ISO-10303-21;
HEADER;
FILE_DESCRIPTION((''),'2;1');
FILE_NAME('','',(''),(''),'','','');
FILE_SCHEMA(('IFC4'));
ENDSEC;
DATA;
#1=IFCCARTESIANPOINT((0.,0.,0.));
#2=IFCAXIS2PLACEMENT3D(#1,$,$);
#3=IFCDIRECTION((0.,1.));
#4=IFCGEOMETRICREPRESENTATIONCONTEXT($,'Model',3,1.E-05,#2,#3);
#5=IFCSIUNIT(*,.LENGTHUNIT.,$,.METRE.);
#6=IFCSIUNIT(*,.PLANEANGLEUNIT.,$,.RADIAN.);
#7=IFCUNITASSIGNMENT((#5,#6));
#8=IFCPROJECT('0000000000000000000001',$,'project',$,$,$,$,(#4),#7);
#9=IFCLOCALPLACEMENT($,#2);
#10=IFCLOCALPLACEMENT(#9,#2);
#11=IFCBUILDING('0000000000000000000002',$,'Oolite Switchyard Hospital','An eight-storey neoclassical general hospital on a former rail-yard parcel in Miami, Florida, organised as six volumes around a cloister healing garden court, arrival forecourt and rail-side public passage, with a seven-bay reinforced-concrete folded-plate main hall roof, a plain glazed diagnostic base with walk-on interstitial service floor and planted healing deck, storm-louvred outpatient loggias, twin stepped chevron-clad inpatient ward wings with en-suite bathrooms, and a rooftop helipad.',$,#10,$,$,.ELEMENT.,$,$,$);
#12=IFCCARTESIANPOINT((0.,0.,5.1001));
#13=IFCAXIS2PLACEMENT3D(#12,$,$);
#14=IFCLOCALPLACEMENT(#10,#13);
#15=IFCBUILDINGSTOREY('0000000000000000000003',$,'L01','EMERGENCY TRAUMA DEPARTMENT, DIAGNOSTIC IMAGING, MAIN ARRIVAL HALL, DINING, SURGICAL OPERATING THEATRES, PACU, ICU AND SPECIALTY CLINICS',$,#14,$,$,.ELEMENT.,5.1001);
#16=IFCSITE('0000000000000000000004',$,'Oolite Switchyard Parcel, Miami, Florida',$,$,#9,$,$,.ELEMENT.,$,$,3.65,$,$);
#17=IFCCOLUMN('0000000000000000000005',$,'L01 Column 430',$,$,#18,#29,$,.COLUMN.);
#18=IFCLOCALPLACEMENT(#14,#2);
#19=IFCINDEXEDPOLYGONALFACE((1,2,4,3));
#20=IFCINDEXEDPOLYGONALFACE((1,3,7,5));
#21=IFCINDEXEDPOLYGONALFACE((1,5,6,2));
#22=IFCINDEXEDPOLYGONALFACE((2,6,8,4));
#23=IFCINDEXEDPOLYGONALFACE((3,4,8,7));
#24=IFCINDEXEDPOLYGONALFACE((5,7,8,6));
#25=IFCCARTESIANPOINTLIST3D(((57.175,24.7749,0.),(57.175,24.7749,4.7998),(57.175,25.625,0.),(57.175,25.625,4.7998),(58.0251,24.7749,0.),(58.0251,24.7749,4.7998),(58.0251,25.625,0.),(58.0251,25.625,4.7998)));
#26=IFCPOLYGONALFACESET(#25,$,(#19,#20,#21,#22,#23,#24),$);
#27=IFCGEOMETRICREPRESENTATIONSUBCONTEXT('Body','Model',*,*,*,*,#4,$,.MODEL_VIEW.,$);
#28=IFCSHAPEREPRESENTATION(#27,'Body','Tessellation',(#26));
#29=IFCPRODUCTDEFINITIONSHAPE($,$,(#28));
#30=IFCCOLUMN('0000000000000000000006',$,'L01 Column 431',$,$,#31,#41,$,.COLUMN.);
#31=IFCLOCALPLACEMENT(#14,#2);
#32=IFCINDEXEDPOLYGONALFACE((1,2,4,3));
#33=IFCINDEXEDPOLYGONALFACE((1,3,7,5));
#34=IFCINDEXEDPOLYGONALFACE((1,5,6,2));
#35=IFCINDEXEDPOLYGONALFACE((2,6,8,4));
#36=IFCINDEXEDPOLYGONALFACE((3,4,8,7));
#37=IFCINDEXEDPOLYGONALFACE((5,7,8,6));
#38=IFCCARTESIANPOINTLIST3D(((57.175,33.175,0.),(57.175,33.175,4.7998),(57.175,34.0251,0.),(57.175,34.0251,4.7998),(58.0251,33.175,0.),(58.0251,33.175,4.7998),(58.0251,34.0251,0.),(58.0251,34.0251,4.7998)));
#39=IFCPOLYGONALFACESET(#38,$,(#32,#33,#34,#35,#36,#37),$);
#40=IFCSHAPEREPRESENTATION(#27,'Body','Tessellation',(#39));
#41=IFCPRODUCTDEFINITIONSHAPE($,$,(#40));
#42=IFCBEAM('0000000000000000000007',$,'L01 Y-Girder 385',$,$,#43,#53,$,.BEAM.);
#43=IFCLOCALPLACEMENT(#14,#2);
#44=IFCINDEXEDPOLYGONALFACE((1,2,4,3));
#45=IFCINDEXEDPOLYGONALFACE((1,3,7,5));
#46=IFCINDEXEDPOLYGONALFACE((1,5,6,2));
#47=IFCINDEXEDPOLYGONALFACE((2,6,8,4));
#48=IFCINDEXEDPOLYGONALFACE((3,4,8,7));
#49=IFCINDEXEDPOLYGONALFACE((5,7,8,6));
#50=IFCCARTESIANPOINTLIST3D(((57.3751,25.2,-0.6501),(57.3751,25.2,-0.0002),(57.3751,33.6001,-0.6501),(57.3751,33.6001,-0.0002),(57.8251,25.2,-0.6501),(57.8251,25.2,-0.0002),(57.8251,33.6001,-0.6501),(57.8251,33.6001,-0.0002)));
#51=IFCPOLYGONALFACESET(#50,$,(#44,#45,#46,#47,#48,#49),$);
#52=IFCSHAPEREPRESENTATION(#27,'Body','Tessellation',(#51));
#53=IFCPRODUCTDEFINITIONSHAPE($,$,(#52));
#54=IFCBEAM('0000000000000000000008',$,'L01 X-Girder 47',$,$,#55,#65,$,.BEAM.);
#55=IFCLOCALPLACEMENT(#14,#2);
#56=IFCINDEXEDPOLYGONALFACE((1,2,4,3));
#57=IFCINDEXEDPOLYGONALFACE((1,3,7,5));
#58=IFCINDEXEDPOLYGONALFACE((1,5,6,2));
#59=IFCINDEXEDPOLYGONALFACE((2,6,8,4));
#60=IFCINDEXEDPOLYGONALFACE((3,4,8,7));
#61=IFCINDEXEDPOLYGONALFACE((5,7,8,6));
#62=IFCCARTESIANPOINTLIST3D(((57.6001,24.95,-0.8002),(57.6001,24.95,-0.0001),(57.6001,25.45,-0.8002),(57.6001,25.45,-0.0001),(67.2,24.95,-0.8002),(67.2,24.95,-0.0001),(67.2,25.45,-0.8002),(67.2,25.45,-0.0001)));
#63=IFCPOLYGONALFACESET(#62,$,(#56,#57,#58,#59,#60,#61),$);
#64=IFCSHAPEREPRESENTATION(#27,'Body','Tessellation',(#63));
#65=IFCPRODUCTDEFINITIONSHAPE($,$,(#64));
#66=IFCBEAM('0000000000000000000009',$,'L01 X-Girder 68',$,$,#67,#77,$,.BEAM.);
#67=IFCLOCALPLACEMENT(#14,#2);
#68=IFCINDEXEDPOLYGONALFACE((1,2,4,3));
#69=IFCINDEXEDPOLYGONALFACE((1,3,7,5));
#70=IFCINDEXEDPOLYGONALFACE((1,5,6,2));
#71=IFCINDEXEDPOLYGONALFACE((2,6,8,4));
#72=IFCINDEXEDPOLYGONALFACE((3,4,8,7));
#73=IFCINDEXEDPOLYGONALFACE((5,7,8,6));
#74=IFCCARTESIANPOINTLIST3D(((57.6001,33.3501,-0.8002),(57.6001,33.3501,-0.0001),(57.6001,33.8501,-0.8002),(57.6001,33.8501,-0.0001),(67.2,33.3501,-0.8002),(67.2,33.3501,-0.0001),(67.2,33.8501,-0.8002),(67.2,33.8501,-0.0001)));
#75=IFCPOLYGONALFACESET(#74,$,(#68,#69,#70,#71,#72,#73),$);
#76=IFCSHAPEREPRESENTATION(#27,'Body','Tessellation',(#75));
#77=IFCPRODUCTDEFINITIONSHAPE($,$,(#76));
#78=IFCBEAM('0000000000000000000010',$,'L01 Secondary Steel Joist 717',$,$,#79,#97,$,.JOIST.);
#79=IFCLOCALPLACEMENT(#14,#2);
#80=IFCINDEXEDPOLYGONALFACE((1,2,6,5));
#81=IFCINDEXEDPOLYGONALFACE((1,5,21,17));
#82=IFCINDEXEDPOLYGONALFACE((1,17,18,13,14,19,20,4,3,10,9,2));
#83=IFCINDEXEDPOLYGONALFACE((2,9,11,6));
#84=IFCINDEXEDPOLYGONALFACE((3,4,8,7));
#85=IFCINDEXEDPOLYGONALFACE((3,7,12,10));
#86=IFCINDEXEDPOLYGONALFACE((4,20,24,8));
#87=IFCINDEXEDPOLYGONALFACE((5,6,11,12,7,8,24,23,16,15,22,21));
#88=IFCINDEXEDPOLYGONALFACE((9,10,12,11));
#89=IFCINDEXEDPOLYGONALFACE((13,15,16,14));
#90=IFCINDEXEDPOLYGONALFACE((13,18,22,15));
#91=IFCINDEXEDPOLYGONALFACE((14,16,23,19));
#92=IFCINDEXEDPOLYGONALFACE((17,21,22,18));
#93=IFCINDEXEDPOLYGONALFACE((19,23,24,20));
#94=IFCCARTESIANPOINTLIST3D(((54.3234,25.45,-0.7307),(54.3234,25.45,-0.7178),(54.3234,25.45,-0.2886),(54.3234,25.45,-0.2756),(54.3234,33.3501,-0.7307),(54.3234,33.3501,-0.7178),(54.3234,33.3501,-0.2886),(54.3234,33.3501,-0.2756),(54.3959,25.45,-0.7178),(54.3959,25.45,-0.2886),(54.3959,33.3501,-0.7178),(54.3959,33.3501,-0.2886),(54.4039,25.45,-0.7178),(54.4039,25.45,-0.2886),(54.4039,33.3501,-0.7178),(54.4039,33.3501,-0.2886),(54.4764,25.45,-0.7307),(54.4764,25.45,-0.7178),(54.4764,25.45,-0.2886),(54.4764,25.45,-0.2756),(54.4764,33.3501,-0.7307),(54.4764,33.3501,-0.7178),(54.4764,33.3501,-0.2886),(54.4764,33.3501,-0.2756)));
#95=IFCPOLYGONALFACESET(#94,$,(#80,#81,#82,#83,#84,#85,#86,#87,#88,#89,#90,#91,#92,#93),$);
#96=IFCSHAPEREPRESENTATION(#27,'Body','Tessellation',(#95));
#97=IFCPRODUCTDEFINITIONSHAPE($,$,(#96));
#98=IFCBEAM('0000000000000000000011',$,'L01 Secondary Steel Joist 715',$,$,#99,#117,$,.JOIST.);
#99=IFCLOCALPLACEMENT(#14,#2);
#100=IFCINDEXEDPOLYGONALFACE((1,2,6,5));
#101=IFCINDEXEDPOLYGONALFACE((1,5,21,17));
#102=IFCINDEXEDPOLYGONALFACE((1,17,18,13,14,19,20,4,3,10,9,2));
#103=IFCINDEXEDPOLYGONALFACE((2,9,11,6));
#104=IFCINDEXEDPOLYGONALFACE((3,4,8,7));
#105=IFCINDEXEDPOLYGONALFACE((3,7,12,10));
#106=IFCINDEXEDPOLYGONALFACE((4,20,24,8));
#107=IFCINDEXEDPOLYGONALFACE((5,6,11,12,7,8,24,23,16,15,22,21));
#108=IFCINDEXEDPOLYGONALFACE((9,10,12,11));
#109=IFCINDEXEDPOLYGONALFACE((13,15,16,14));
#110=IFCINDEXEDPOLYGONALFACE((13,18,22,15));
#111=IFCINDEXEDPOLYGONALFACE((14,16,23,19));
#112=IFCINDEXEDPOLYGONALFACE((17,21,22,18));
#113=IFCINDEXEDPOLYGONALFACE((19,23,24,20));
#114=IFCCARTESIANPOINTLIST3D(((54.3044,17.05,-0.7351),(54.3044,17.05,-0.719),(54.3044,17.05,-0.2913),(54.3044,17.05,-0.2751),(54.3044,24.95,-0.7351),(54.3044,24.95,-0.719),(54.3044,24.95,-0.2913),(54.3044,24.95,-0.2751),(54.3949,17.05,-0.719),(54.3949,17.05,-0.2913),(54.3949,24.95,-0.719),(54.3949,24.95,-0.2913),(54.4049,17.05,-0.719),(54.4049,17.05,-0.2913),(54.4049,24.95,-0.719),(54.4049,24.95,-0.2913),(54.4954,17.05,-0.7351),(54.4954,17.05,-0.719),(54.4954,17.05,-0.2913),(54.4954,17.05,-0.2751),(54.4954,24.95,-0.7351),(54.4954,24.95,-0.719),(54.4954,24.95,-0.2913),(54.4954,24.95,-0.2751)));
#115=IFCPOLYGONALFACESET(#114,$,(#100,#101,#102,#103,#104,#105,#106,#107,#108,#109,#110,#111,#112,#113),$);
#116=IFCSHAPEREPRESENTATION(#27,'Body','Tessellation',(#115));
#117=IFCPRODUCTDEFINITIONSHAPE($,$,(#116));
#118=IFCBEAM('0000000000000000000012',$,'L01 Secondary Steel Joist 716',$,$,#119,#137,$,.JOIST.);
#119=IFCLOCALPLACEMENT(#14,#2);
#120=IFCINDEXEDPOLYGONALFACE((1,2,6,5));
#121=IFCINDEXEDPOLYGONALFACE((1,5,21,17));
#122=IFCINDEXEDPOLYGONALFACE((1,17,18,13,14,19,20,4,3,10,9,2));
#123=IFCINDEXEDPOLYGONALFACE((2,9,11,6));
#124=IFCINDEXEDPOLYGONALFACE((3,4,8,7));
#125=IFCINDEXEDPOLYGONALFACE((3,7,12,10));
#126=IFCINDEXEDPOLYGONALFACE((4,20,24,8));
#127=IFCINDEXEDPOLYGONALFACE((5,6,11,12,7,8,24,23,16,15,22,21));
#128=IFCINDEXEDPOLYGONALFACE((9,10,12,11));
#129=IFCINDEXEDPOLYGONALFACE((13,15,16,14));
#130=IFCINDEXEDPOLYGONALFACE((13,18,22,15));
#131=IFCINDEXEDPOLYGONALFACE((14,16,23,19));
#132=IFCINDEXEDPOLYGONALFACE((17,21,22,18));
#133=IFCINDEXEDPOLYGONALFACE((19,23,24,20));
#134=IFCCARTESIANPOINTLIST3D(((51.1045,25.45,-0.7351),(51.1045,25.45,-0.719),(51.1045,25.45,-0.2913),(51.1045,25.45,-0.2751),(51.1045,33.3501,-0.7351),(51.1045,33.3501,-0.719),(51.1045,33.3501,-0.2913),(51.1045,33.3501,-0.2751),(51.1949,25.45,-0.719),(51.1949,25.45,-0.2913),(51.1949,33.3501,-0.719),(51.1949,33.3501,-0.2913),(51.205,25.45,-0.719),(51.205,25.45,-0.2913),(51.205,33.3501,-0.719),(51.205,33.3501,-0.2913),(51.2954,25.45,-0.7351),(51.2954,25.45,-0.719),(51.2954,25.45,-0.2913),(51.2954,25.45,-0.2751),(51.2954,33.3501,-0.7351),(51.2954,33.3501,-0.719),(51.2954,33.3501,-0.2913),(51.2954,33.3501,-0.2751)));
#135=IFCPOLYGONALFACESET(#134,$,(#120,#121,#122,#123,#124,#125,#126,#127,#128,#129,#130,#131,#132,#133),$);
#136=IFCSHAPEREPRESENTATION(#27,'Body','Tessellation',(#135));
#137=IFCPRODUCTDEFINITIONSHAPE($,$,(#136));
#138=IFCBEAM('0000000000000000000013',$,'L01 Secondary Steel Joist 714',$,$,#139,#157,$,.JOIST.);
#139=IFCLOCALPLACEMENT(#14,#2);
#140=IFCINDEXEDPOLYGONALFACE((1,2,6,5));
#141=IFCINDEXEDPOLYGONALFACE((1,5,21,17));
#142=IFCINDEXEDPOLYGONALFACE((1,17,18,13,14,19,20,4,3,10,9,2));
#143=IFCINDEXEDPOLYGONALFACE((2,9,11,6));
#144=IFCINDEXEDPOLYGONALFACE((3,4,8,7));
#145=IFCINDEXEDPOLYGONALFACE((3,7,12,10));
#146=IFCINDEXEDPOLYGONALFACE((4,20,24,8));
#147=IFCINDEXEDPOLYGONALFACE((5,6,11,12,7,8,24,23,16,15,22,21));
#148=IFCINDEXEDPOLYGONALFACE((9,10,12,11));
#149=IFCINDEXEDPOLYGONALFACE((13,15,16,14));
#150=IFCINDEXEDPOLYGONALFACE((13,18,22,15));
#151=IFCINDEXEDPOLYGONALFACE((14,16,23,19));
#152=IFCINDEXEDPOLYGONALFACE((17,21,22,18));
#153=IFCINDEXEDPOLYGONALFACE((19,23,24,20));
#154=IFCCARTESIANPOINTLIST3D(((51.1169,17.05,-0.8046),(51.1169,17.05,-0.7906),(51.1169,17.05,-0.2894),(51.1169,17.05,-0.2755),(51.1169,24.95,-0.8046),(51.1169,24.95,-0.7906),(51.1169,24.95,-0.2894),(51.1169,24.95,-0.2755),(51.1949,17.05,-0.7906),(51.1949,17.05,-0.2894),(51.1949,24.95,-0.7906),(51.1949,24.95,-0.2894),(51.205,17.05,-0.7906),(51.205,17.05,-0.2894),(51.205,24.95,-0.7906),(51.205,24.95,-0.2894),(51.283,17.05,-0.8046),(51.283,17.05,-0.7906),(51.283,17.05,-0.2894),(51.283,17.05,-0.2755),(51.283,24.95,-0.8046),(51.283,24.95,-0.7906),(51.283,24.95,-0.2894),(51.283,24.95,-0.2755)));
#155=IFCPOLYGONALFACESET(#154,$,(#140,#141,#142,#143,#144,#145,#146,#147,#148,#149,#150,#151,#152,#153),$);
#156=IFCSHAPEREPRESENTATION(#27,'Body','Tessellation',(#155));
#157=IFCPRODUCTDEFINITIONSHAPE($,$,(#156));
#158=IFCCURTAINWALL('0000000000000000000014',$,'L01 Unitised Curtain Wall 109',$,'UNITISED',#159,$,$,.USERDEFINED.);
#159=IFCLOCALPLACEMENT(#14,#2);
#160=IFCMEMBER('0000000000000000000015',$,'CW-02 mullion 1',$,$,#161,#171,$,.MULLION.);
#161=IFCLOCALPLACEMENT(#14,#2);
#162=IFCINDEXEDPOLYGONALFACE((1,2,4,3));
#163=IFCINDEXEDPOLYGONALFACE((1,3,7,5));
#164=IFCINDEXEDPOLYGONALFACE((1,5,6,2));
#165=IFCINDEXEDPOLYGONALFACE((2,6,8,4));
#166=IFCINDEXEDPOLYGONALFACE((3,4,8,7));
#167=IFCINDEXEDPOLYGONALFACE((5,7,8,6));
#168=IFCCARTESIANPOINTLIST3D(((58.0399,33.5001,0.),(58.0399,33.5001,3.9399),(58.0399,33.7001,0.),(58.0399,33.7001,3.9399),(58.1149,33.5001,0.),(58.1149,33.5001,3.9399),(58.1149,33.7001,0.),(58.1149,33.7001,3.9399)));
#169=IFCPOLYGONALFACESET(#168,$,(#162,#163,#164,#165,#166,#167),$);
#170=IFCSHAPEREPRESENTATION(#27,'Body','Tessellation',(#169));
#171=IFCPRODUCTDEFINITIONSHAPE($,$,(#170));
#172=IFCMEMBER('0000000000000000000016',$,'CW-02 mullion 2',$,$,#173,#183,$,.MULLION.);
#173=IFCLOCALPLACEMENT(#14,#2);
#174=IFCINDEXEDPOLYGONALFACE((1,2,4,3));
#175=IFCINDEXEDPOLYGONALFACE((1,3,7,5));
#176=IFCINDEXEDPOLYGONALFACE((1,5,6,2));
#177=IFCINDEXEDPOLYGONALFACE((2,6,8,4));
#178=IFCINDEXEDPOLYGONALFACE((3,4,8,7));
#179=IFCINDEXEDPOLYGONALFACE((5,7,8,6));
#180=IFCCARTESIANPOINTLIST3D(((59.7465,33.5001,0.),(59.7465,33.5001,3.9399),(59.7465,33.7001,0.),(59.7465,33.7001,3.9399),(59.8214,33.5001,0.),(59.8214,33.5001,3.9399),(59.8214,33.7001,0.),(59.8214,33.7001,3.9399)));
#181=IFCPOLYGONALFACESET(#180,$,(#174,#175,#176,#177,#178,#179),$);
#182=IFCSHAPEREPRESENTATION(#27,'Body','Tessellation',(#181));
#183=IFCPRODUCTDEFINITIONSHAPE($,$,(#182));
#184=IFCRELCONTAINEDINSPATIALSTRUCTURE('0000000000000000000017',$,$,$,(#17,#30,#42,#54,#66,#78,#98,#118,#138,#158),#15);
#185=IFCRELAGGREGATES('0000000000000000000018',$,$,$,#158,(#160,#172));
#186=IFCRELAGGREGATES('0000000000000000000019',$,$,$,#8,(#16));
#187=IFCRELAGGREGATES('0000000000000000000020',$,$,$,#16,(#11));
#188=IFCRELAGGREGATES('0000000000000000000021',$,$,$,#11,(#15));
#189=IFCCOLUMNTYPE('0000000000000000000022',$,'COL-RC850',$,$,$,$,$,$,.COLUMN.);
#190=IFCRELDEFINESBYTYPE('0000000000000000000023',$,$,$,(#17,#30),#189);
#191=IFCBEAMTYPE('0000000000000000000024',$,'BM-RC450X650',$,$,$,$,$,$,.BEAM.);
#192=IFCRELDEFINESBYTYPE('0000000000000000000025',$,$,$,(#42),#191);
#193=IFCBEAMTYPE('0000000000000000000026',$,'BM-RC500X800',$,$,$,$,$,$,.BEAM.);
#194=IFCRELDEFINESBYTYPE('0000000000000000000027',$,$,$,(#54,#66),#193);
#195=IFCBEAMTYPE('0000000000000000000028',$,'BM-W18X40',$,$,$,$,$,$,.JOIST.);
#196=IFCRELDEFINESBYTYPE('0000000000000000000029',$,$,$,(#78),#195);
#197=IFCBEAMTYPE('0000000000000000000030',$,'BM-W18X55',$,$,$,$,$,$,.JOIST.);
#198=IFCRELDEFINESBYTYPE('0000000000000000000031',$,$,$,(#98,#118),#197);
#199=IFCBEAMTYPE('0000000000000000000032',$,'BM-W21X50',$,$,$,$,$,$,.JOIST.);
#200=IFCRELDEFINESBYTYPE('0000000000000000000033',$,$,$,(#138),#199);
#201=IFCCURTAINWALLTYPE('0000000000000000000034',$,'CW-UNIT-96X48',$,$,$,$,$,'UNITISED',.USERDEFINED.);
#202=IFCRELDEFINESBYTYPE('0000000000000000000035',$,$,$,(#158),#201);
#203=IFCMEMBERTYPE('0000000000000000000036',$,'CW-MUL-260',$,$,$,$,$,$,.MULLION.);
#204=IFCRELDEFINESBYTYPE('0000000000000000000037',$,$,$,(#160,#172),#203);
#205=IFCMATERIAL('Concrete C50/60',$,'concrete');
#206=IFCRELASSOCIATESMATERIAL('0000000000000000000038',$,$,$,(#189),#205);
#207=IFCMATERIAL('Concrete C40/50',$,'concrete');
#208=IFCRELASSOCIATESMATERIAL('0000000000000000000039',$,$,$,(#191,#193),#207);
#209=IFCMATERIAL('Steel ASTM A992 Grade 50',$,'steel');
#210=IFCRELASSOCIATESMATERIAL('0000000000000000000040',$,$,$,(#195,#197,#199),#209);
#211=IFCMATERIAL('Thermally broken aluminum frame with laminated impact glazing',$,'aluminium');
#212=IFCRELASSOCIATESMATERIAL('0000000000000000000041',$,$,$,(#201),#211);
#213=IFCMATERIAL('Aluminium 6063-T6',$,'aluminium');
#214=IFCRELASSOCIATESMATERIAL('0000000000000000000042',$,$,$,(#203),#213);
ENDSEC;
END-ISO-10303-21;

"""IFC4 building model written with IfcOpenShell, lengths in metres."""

from ifc_helpers import new_model, si_unit, direction, frame, origin, origin_2d, place, context, subcontext, project, spatial, rectangle, i_section, extrude, material, material_profile, profile_set, type_object, element, aggregate, save


model = new_model("IFC4")

# Units and contexts
model_context = context("Model", 3, precision=1e-05, world=origin(), true_north=direction((0.0, 1.0)))
body_context = subcontext(model_context, "Body", "Model", "MODEL_VIEW")
ifc_project = project(units=[si_unit("LENGTHUNIT", "METRE"), si_unit("PLANEANGLEUNIT", "RADIAN")], contexts=[model_context])

# Site, building, storey
site_placement = place(None, origin())
site = spatial("IfcSite", under=ifc_project, at=site_placement, Name="Oolite Switchyard Parcel, Miami, Florida", CompositionType="ELEMENT", RefElevation=3.65)
building_placement = place(site_placement, origin())
building = spatial("IfcBuilding", under=site, at=building_placement, Name="Oolite Switchyard Hospital", Description="An eight-storey neoclassical general hospital on a former rail-yard parcel in Miami, Florida, organised as six volumes around a cloister healing garden court, arrival forecourt and rail-side public passage, with a seven-bay reinforced-concrete folded-plate main hall roof, a plain glazed diagnostic base with walk-on interstitial service floor and planted healing deck, storm-louvred outpatient loggias, twin stepped chevron-clad inpatient ward wings with en-suite bathrooms, and a rooftop helipad.", CompositionType="ELEMENT")
storey_placement = place(building_placement, frame((0.0, 0.0, 5.1001)))
storey = spatial("IfcBuildingStorey", under=building, at=storey_placement, Name="L01", Description="EMERGENCY TRAUMA DEPARTMENT, DIAGNOSTIC IMAGING, MAIN ARRIVAL HALL, DINING, SURGICAL OPERATING THEATRES, PACU, ICU AND SPECIALTY CLINICS", CompositionType="ELEMENT", Elevation=5.1001)

# Columns
ifc_material_1 = material(Name="Concrete C50/60", Category="concrete")
ifc_material_profile_1 = material_profile(ifc_material_1, rectangle(XDim=0.8501, YDim=0.8501, at=origin_2d()), Name="RC850X850")
ifc_profile_set_1 = profile_set([ifc_material_profile_1], Name="Concrete C50/60")
column_type = type_object("IfcColumnType", Name="COL-RC850", PredefinedType="COLUMN", material=ifc_profile_set_1)
for number, where, z_axis, x_axis, name in (
    (1, (57.6001, 25.2, 0.0), (0.0, 0.0, 1.0), (1.0, 0.0, 0.0), "L01 Column 430"),
    (2, (57.6001, 33.6001, 0.0), (0.0, 0.0, 1.0), (1.0, 0.0, 0.0), "L01 Column 431"),
):
    element("IfcColumn", number, at=place(storey_placement, frame(where, z_axis=z_axis, x_axis=x_axis)), inside=storey, type_object=column_type, Name=name, PredefinedType="COLUMN", context=body_context, shape_type="SweptSolid", body=[
        extrude(rectangle(XDim=0.8501, YDim=0.8501, at=origin_2d()), origin(), (0.0, 0.0, 1.0), 4.7998),
    ])

# Beams
ifc_material_2 = material(Name="Concrete C40/50", Category="concrete")
ifc_material_profile_2 = material_profile(ifc_material_2, rectangle(XDim=0.45, YDim=0.6499, at=origin_2d()), Name="RCB450X650")
ifc_profile_set_2 = profile_set([ifc_material_profile_2], Name="Concrete C40/50")
beam_type_1 = type_object("IfcBeamType", Name="BM-RC450X650", PredefinedType="BEAM", material=ifc_profile_set_2)
beam_1_placement = place(storey_placement, frame((57.6001, 25.2, -0.3252), z_axis=(0.0, 1.0, 0.0), x_axis=(-1.0, 0.0, 0.0)))
element("IfcBeam", 3, at=beam_1_placement, inside=storey, type_object=beam_type_1, Name="L01 Y-Girder 385", PredefinedType="BEAM", context=body_context, shape_type="SweptSolid", body=[
    extrude(rectangle(XDim=0.45, YDim=0.6499, at=origin_2d()), origin(), (0.0, 0.0, 1.0), 8.4001),
])
ifc_material_profile_3 = material_profile(ifc_material_2, rectangle(XDim=0.5, YDim=0.8, at=origin_2d()), Name="RCB500X800")
ifc_profile_set_3 = profile_set([ifc_material_profile_3], Name="Concrete C40/50")
beam_type_2 = type_object("IfcBeamType", Name="BM-RC500X800", PredefinedType="BEAM", material=ifc_profile_set_3)
for number, where, z_axis, x_axis, name in (
    (4, (57.6001, 25.2, -0.4001), (1.0, 0.0, 0.0), (0.0, 1.0, 0.0), "L01 X-Girder 47"),
    (5, (57.6001, 33.6001, -0.4001), (1.0, 0.0, 0.0), (0.0, 1.0, 0.0), "L01 X-Girder 68"),
):
    element("IfcBeam", number, at=place(storey_placement, frame(where, z_axis=z_axis, x_axis=x_axis)), inside=storey, type_object=beam_type_2, Name=name, PredefinedType="BEAM", context=body_context, shape_type="SweptSolid", body=[
        extrude(rectangle(XDim=0.5, YDim=0.8, at=origin_2d()), origin(), (0.0, 0.0, 1.0), 9.5999),
    ])
ifc_material_3 = material(Name="Steel ASTM A992 Grade 50", Category="steel")
ifc_material_profile_4 = material_profile(ifc_material_3, i_section(OverallWidth=0.1531, OverallDepth=0.4551, WebThickness=0.0081, FlangeThickness=0.0129, at=origin_2d()), Name="W18X40")
ifc_profile_set_4 = profile_set([ifc_material_profile_4], Name="Steel ASTM A992 Grade 50")
beam_type_3 = type_object("IfcBeamType", Name="BM-W18X40", PredefinedType="JOIST", material=ifc_profile_set_4)
beam_2_placement = place(storey_placement, frame((54.3999, 25.45, -0.5032), z_axis=(0.0, 1.0, 0.0), x_axis=(-1.0, 0.0, 0.0)))
element("IfcBeam", 6, at=beam_2_placement, inside=storey, type_object=beam_type_3, Name="L01 Secondary Steel Joist 717", PredefinedType="JOIST", context=body_context, shape_type="SweptSolid", body=[
    extrude(i_section(OverallWidth=0.1531, OverallDepth=0.4551, WebThickness=0.0081, FlangeThickness=0.0129, at=origin_2d()), origin(), (0.0, 0.0, 1.0), 7.9001),
])
ifc_material_profile_5 = material_profile(ifc_material_3, i_section(OverallWidth=0.1909, OverallDepth=0.46, WebThickness=0.01, FlangeThickness=0.0161, at=origin_2d()), Name="W18X55")
ifc_profile_set_5 = profile_set([ifc_material_profile_5], Name="Steel ASTM A992 Grade 50")
beam_type_4 = type_object("IfcBeamType", Name="BM-W18X55", PredefinedType="JOIST", material=ifc_profile_set_5)
beam_3_placement = place(storey_placement, frame((54.3999, 17.05, -0.5051), z_axis=(0.0, 1.0, 0.0), x_axis=(-1.0, 0.0, 0.0)))
element("IfcBeam", 7, at=beam_3_placement, inside=storey, type_object=beam_type_4, Name="L01 Secondary Steel Joist 715", PredefinedType="JOIST", context=body_context, shape_type="SweptSolid", body=[
    extrude(i_section(OverallWidth=0.1909, OverallDepth=0.46, WebThickness=0.01, FlangeThickness=0.0161, at=origin_2d()), origin(), (0.0, 0.0, 1.0), 7.8999),
])
beam_4_placement = place(storey_placement, frame((51.2, 25.45, -0.5051), z_axis=(0.0, 1.0, 0.0), x_axis=(-1.0, 0.0, 0.0)))
element("IfcBeam", 8, at=beam_4_placement, inside=storey, type_object=beam_type_4, Name="L01 Secondary Steel Joist 716", PredefinedType="JOIST", context=body_context, shape_type="SweptSolid", body=[
    extrude(i_section(OverallWidth=0.1909, OverallDepth=0.46, WebThickness=0.01, FlangeThickness=0.0161, at=origin_2d()), origin(), (0.0, 0.0, 1.0), 7.9001),
])
ifc_material_profile_6 = material_profile(ifc_material_3, i_section(OverallWidth=0.166, OverallDepth=0.5291, WebThickness=0.01, FlangeThickness=0.0139, at=origin_2d()), Name="W21X50")
ifc_profile_set_6 = profile_set([ifc_material_profile_6], Name="Steel ASTM A992 Grade 50")
beam_type_5 = type_object("IfcBeamType", Name="BM-W21X50", PredefinedType="JOIST", material=ifc_profile_set_6)
beam_5_placement = place(storey_placement, frame((51.2, 17.05, -0.54), z_axis=(0.0, 1.0, 0.0), x_axis=(-1.0, 0.0, 0.0)))
element("IfcBeam", 9, at=beam_5_placement, inside=storey, type_object=beam_type_5, Name="L01 Secondary Steel Joist 714", PredefinedType="JOIST", context=body_context, shape_type="SweptSolid", body=[
    extrude(i_section(OverallWidth=0.166, OverallDepth=0.5291, WebThickness=0.01, FlangeThickness=0.0139, at=origin_2d()), origin(), (0.0, 0.0, 1.0), 7.8999),
])

# Curtain wall, members
ifc_material_4 = material(Name="Thermally broken aluminum frame with laminated impact glazing", Category="aluminium")
curtain_wall_type = type_object("IfcCurtainWallType", Name="CW-UNIT-96X48", ElementType="UNITISED", PredefinedType="USERDEFINED", material=ifc_material_4)
curtain_wall_placement = place(storey_placement, origin())
curtain_wall = element("IfcCurtainWall", 10, at=curtain_wall_placement, inside=storey, type_object=curtain_wall_type, Name="L01 Unitised Curtain Wall 109", ObjectType="UNITISED", PredefinedType="USERDEFINED")
ifc_material_5 = material(Name="Aluminium 6063-T6", Category="aluminium")
ifc_material_profile_7 = material_profile(ifc_material_5, rectangle(XDim=0.2, YDim=0.075, at=origin_2d()), Name="CWM75X200")
ifc_profile_set_7 = profile_set([ifc_material_profile_7], Name="Aluminium 6063-T6")
member_type_1 = type_object("IfcMemberType", Name="CW-MUL-260", PredefinedType="MULLION", material=ifc_profile_set_7)
member_1_placement = place(storey_placement, frame((58.0774, 33.6001, 0.0), z_axis=(0.0, 0.0, 1.0), x_axis=(0.0, 1.0, 0.0)))
member_1 = element("IfcMember", 11, at=member_1_placement, type_object=member_type_1, Name="CW-02 mullion 1", PredefinedType="MULLION", context=body_context, shape_type="SweptSolid", body=[
    extrude(rectangle(XDim=0.2, YDim=0.075, at=origin_2d()), origin(), (0.0, 0.0, 1.0), 3.9399),
])
member_2_placement = place(storey_placement, frame((59.7839, 33.6001, 0.0), z_axis=(0.0, 0.0, 1.0), x_axis=(0.0, 1.0, 0.0)))
member_2 = element("IfcMember", 12, at=member_2_placement, type_object=member_type_1, Name="CW-02 mullion 2", PredefinedType="MULLION", context=body_context, shape_type="SweptSolid", body=[
    extrude(rectangle(XDim=0.2, YDim=0.075, at=origin_2d()), origin(), (0.0, 0.0, 1.0), 3.9399),
])
aggregate(curtain_wall, [member_1, member_2])

save(model, "model.ifc")
